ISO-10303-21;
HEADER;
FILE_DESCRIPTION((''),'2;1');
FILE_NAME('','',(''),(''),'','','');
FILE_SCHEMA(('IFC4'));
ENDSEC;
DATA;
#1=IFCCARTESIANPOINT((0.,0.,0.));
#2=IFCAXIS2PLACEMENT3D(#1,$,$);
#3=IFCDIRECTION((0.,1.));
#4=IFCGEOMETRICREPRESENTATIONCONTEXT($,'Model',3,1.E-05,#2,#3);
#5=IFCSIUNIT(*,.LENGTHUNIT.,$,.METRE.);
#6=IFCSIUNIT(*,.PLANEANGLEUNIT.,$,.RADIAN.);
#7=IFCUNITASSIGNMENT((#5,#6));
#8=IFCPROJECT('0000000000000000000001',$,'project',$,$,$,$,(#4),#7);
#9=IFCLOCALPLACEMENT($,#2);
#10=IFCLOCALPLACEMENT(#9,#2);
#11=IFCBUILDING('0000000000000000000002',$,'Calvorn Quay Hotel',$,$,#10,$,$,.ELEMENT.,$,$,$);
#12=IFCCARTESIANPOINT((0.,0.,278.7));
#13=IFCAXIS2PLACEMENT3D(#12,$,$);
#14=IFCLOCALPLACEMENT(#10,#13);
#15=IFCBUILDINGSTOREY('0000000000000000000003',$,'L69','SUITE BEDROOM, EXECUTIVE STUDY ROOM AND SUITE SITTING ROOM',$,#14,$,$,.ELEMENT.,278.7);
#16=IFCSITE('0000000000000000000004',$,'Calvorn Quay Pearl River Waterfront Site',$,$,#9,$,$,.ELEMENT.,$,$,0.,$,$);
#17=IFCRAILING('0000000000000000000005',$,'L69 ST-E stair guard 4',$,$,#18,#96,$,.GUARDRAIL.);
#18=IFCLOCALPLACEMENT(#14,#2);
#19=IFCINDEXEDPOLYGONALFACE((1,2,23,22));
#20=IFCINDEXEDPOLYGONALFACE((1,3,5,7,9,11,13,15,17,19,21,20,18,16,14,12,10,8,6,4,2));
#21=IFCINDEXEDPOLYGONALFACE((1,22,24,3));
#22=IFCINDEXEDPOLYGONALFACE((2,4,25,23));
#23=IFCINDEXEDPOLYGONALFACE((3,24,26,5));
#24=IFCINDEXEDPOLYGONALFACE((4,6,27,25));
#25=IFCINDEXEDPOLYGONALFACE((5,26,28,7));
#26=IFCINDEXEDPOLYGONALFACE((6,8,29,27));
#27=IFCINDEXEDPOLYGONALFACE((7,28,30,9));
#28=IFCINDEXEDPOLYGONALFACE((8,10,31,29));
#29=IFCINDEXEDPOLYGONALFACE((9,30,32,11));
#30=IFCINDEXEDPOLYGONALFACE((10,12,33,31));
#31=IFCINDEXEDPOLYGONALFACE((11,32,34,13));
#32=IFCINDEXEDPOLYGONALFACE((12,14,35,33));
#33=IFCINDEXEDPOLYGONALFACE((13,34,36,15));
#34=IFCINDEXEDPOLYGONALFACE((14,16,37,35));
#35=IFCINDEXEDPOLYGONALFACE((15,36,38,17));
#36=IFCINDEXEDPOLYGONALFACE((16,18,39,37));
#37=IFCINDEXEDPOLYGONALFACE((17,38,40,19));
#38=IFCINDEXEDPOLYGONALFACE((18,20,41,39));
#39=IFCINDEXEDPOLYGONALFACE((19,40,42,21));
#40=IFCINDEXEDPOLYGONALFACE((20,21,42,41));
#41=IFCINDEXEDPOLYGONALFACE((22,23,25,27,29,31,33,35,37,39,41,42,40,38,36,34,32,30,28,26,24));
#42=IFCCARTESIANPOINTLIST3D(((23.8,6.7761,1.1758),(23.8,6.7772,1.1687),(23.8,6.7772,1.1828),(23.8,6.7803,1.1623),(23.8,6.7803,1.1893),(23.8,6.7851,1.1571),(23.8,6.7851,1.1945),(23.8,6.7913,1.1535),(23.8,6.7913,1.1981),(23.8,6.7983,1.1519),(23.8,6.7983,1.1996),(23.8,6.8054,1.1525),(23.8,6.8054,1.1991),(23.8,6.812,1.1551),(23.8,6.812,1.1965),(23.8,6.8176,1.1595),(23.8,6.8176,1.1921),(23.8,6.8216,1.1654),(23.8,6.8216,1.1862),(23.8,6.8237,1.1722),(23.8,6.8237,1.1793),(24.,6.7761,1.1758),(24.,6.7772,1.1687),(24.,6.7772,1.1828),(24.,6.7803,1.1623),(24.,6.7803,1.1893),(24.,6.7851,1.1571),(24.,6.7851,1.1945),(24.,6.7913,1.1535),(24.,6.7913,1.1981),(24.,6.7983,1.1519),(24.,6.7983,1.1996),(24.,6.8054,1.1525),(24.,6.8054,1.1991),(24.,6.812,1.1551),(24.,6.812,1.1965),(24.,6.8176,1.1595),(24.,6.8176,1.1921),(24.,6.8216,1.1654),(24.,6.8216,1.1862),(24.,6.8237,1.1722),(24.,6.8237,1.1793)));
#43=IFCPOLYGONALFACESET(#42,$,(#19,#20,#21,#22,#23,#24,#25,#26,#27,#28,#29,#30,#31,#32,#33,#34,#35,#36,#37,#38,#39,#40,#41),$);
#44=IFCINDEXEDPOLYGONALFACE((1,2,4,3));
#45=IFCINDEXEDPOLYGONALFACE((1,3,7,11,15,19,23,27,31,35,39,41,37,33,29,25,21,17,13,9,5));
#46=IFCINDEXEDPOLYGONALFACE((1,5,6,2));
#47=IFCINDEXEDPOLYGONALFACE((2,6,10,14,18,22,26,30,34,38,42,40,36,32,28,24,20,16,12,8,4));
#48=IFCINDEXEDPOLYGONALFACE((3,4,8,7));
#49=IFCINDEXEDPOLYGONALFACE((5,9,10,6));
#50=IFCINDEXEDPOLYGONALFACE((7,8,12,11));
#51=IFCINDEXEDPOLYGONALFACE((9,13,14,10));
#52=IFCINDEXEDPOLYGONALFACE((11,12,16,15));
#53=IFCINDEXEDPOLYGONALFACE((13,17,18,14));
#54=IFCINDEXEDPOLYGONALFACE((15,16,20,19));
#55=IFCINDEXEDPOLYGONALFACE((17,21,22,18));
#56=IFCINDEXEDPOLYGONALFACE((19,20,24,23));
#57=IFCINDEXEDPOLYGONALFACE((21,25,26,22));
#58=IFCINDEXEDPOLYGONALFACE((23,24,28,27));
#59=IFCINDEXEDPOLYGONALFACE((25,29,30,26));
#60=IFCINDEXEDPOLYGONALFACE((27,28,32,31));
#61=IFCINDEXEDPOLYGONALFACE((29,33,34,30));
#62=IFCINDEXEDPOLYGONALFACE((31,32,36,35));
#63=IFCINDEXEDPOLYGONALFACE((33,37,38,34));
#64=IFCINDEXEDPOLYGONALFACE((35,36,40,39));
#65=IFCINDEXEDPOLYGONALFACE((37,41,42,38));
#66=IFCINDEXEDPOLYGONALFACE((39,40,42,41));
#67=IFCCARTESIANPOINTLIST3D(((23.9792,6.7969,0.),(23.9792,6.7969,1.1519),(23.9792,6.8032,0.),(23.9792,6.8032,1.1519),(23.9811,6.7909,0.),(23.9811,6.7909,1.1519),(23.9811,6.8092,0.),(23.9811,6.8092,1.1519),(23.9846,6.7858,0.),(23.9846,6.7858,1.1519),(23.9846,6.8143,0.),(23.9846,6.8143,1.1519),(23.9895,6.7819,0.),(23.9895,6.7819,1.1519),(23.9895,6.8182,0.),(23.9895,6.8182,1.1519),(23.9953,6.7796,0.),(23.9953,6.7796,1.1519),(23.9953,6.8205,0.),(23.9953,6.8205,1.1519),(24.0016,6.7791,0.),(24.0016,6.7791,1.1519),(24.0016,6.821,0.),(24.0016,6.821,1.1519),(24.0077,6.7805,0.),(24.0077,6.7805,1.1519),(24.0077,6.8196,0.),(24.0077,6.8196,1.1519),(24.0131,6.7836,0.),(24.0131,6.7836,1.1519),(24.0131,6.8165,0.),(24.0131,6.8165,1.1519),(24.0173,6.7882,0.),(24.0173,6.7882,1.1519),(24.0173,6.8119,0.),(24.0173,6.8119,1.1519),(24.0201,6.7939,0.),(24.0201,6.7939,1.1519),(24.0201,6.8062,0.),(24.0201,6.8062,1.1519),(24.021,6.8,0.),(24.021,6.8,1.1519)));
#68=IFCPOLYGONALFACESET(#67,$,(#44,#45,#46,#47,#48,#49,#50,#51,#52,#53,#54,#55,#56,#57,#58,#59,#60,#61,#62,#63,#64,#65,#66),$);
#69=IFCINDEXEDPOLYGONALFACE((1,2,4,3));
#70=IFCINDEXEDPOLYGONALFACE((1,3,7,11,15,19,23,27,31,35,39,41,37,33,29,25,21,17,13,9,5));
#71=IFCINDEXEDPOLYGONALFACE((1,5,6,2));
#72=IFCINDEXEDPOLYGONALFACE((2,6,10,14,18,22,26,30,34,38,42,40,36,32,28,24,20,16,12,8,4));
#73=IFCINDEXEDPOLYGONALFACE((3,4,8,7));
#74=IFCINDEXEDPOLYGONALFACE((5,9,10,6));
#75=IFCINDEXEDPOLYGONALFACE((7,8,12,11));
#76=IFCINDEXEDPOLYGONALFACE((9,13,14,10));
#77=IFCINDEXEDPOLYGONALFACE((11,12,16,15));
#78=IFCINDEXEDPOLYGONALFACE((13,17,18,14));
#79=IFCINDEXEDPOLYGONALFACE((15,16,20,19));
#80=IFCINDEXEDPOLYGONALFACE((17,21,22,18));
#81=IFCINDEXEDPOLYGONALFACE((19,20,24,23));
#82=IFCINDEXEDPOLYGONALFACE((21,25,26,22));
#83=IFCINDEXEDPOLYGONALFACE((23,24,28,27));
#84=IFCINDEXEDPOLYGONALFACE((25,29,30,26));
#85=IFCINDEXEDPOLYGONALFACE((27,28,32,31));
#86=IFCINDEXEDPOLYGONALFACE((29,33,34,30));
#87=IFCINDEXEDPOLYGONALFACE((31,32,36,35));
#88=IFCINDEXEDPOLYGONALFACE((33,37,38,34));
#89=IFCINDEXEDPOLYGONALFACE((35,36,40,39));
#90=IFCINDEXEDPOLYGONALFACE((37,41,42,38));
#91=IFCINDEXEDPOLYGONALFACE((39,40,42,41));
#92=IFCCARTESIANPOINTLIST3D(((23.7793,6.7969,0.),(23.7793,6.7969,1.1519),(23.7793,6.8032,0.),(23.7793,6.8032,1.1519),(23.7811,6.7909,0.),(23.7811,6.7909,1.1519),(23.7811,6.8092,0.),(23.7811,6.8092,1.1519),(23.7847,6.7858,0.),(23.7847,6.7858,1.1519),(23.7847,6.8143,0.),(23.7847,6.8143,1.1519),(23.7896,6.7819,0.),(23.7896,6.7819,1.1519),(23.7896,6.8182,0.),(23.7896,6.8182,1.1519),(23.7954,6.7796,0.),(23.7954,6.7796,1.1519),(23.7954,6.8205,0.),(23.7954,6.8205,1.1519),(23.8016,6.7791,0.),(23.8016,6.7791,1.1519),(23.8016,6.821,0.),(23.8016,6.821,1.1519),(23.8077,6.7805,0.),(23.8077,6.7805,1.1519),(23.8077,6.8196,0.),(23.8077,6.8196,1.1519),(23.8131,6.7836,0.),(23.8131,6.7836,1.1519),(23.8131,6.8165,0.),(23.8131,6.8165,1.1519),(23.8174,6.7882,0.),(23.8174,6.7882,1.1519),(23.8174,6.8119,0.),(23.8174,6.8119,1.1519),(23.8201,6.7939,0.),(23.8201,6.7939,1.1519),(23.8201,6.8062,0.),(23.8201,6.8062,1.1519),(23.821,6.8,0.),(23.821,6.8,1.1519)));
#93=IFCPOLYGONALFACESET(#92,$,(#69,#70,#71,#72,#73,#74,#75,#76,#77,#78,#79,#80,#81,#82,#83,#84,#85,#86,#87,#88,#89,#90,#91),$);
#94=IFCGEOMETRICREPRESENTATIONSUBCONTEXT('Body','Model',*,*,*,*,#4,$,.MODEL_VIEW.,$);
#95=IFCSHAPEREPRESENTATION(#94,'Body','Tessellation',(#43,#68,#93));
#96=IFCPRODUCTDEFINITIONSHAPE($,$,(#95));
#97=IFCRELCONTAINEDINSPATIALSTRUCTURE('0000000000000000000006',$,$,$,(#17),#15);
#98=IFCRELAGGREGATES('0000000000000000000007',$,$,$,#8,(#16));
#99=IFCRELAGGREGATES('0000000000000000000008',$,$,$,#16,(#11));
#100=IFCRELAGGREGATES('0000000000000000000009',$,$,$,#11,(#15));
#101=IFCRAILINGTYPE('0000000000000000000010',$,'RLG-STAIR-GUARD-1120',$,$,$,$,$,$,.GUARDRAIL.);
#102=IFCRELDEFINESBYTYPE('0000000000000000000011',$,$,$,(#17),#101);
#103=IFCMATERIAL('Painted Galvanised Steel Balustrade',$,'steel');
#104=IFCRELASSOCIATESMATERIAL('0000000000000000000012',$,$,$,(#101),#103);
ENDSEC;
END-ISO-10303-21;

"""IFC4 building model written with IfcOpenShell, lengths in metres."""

from ifc_helpers import new_model, si_unit, direction, frame, origin, origin_2d, place, context, subcontext, project, spatial, circle, extrude, material, type_object, element, save


model = new_model("IFC4")

# Units and contexts
model_context = context("Model", 3, precision=1e-05, world=origin(), true_north=direction((0.0, 1.0)))
body_context = subcontext(model_context, "Body", "Model", "MODEL_VIEW")
ifc_project = project(units=[si_unit("LENGTHUNIT", "METRE"), si_unit("PLANEANGLEUNIT", "RADIAN")], contexts=[model_context])

# Site, building, storey
site_placement = place(None, origin())
site = spatial("IfcSite", under=ifc_project, at=site_placement, Name="Calvorn Quay Pearl River Waterfront Site", CompositionType="ELEMENT", RefElevation=0.0)
building_placement = place(site_placement, origin())
building = spatial("IfcBuilding", under=site, at=building_placement, Name="Calvorn Quay Hotel", CompositionType="ELEMENT")
storey_placement = place(building_placement, frame((0.0, 0.0, 278.7)))
storey = spatial("IfcBuildingStorey", under=building, at=storey_placement, Name="L69", Description="SUITE BEDROOM, EXECUTIVE STUDY ROOM AND SUITE SITTING ROOM", CompositionType="ELEMENT", Elevation=278.7)

# Railing
ifc_material_1 = material(Name="Painted Galvanised Steel Balustrade", Category="steel")
railing_type_1 = type_object("IfcRailingType", Name="RLG-STAIR-GUARD-1120", PredefinedType="GUARDRAIL", material=ifc_material_1)
railing_1_placement = place(storey_placement, frame((24.0, 6.8, 0.0)))
element("IfcRailing", 1, at=railing_1_placement, inside=storey, type_object=railing_type_1, Name="L69 ST-E stair guard 4", PredefinedType="GUARDRAIL", context=body_context, shape_type="SweptSolid", body=[
    extrude(circle(Radius=0.0239, at=origin_2d()), frame((0.0, 0.0, 1.1758), z_axis=(-1.0, 0.0, 0.0), x_axis=(0.0, -1.0, 0.0)), (0.0, 0.0, 1.0), 0.2),
    extrude(circle(Radius=0.021, at=origin_2d()), origin(), (0.0, 0.0, 1.0), 1.1519),
    extrude(circle(Radius=0.021, at=origin_2d()), frame((-0.2, 0.0, 0.0)), (0.0, 0.0, 1.0), 1.1519),
])

save(model, "model.ifc")
